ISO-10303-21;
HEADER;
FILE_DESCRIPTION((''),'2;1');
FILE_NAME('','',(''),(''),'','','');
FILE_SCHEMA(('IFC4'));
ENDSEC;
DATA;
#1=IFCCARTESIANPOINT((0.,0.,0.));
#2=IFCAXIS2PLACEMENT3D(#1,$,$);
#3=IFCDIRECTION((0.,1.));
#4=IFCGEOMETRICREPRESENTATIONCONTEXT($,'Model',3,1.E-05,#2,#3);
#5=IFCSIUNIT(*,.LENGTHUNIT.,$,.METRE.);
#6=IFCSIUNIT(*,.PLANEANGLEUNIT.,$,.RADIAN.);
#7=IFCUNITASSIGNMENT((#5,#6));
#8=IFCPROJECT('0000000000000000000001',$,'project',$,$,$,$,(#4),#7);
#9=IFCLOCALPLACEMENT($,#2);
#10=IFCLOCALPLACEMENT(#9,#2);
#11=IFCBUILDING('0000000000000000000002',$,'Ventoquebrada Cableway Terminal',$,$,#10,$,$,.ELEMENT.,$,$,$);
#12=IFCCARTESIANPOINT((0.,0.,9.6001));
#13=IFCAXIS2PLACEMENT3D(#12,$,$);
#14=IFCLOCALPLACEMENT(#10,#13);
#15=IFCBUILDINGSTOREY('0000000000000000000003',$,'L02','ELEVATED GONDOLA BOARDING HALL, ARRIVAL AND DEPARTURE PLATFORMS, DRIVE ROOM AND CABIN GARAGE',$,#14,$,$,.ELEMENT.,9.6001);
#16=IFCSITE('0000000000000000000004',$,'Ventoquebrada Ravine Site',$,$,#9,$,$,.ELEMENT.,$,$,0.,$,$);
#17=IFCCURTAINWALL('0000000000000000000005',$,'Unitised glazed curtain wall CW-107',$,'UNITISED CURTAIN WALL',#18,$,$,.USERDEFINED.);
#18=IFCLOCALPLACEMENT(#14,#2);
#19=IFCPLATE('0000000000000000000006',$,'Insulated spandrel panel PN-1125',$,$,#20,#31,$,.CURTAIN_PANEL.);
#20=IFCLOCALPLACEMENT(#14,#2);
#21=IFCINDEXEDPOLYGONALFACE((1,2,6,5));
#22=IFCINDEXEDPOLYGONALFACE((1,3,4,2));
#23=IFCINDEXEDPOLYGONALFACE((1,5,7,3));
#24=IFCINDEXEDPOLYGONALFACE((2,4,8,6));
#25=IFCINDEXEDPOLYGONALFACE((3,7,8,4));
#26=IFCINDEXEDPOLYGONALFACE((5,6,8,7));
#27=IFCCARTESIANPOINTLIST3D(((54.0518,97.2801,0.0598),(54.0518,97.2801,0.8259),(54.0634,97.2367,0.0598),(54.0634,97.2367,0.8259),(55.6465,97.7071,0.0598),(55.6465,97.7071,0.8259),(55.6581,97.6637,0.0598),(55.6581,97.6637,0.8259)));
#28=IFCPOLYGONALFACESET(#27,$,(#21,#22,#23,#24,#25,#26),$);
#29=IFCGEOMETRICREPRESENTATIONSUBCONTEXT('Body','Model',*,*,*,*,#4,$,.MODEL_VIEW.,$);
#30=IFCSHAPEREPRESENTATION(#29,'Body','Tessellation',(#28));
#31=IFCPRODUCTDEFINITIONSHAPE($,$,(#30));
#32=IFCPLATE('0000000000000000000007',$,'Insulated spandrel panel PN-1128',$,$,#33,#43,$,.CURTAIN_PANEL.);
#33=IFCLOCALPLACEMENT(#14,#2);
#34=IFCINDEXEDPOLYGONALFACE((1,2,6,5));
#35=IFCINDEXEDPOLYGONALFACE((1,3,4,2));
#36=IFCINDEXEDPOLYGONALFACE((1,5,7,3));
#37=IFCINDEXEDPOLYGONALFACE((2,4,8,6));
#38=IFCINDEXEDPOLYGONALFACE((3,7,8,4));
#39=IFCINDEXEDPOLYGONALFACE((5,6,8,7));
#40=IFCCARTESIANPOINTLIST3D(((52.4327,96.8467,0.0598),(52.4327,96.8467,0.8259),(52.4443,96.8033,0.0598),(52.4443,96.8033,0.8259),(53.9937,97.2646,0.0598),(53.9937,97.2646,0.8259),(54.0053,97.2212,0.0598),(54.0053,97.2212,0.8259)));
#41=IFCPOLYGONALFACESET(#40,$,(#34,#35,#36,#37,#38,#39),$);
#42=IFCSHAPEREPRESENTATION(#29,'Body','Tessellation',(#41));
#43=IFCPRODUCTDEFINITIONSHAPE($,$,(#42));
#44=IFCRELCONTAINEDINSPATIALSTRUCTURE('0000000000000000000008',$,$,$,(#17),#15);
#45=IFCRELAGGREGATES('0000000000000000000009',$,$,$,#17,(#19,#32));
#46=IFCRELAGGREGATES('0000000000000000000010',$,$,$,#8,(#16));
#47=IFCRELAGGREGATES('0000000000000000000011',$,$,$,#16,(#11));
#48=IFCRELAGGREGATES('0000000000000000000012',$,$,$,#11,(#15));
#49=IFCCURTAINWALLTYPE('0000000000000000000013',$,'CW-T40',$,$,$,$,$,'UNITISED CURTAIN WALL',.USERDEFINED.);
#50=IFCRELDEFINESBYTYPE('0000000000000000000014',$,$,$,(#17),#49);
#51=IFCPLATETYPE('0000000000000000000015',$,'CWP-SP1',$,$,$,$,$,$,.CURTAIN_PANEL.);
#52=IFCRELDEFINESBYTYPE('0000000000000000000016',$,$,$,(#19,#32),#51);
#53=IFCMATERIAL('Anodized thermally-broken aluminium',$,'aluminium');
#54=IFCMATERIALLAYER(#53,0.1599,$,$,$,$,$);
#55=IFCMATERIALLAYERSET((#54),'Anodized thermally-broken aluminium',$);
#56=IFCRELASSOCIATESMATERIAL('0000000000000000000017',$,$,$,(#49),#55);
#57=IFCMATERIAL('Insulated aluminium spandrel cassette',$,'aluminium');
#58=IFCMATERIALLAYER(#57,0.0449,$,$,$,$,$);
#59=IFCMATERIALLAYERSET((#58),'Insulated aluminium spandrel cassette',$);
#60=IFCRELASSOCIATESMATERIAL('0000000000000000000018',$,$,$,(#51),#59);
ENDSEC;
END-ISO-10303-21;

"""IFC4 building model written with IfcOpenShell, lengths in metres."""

from ifc_helpers import new_model, si_unit, direction, frame, origin, origin_2d, place, context, subcontext, project, spatial, rectangle, extrude, material, layer, layer_set, type_object, element, aggregate, save


model = new_model("IFC4")

# Units and contexts
model_context = context("Model", 3, precision=1e-05, world=origin(), true_north=direction((0.0, 1.0)))
body_context = subcontext(model_context, "Body", "Model", "MODEL_VIEW")
ifc_project = project(units=[si_unit("LENGTHUNIT", "METRE"), si_unit("PLANEANGLEUNIT", "RADIAN")], contexts=[model_context])

# Site, building, storey
site_placement = place(None, origin())
site = spatial("IfcSite", under=ifc_project, at=site_placement, Name="Ventoquebrada Ravine Site", CompositionType="ELEMENT", RefElevation=0.0)
building_placement = place(site_placement, origin())
building = spatial("IfcBuilding", under=site, at=building_placement, Name="Ventoquebrada Cableway Terminal", CompositionType="ELEMENT")
storey_placement = place(building_placement, frame((0.0, 0.0, 9.6001)))
storey = spatial("IfcBuildingStorey", under=building, at=storey_placement, Name="L02", Description="ELEVATED GONDOLA BOARDING HALL, ARRIVAL AND DEPARTURE PLATFORMS, DRIVE ROOM AND CABIN GARAGE", CompositionType="ELEMENT", Elevation=9.6001)

# Curtain wall
ifc_material_1 = material(Name="Anodized thermally-broken aluminium", Category="aluminium")
ifc_layer_1 = layer(ifc_material_1, 0.1599)
ifc_layer_set_1 = layer_set([ifc_layer_1], Name="Anodized thermally-broken aluminium")
curtain_wall_type = type_object("IfcCurtainWallType", Name="CW-T40", ElementType="UNITISED CURTAIN WALL", PredefinedType="USERDEFINED", material=ifc_layer_set_1)
curtain_wall_1_placement = place(storey_placement, origin())
curtain_wall_1 = element("IfcCurtainWall", 1, at=curtain_wall_1_placement, inside=storey, type_object=curtain_wall_type, Name="Unitised glazed curtain wall CW-107", ObjectType="UNITISED CURTAIN WALL", PredefinedType="USERDEFINED")

# Plates
ifc_material_2 = material(Name="Insulated aluminium spandrel cassette", Category="aluminium")
ifc_layer_2 = layer(ifc_material_2, 0.0449)
ifc_layer_set_2 = layer_set([ifc_layer_2], Name="Insulated aluminium spandrel cassette")
plate_type_1 = type_object("IfcPlateType", Name="CWP-SP1", PredefinedType="CURTAIN_PANEL", material=ifc_layer_set_2)
plate_1_placement = place(storey_placement, frame((54.855, 97.4719, 0.0598), z_axis=(0.0, 0.0, 1.0), x_axis=(-0.965975, -0.258634, 0.0)))
plate_1 = element("IfcPlate", 2, at=plate_1_placement, type_object=plate_type_1, Name="Insulated spandrel panel PN-1125", PredefinedType="CURTAIN_PANEL", context=body_context, shape_type="SweptSolid", body=[
    extrude(rectangle(XDim=1.6509, YDim=0.0449, at=origin_2d()), origin(), (0.0, 0.0, 1.0), 0.7661),
])
plate_2_placement = place(storey_placement, frame((53.219, 97.0339, 0.0598), z_axis=(0.0, 0.0, 1.0), x_axis=(-0.965975, -0.258634, 0.0)))
plate_2 = element("IfcPlate", 3, at=plate_2_placement, type_object=plate_type_1, Name="Insulated spandrel panel PN-1128", PredefinedType="CURTAIN_PANEL", context=body_context, shape_type="SweptSolid", body=[
    extrude(rectangle(XDim=1.616, YDim=0.0449, at=origin_2d()), origin(), (0.0, 0.0, 1.0), 0.7661),
])
aggregate(curtain_wall_1, [plate_1, plate_2])

save(model, "model.ifc")
